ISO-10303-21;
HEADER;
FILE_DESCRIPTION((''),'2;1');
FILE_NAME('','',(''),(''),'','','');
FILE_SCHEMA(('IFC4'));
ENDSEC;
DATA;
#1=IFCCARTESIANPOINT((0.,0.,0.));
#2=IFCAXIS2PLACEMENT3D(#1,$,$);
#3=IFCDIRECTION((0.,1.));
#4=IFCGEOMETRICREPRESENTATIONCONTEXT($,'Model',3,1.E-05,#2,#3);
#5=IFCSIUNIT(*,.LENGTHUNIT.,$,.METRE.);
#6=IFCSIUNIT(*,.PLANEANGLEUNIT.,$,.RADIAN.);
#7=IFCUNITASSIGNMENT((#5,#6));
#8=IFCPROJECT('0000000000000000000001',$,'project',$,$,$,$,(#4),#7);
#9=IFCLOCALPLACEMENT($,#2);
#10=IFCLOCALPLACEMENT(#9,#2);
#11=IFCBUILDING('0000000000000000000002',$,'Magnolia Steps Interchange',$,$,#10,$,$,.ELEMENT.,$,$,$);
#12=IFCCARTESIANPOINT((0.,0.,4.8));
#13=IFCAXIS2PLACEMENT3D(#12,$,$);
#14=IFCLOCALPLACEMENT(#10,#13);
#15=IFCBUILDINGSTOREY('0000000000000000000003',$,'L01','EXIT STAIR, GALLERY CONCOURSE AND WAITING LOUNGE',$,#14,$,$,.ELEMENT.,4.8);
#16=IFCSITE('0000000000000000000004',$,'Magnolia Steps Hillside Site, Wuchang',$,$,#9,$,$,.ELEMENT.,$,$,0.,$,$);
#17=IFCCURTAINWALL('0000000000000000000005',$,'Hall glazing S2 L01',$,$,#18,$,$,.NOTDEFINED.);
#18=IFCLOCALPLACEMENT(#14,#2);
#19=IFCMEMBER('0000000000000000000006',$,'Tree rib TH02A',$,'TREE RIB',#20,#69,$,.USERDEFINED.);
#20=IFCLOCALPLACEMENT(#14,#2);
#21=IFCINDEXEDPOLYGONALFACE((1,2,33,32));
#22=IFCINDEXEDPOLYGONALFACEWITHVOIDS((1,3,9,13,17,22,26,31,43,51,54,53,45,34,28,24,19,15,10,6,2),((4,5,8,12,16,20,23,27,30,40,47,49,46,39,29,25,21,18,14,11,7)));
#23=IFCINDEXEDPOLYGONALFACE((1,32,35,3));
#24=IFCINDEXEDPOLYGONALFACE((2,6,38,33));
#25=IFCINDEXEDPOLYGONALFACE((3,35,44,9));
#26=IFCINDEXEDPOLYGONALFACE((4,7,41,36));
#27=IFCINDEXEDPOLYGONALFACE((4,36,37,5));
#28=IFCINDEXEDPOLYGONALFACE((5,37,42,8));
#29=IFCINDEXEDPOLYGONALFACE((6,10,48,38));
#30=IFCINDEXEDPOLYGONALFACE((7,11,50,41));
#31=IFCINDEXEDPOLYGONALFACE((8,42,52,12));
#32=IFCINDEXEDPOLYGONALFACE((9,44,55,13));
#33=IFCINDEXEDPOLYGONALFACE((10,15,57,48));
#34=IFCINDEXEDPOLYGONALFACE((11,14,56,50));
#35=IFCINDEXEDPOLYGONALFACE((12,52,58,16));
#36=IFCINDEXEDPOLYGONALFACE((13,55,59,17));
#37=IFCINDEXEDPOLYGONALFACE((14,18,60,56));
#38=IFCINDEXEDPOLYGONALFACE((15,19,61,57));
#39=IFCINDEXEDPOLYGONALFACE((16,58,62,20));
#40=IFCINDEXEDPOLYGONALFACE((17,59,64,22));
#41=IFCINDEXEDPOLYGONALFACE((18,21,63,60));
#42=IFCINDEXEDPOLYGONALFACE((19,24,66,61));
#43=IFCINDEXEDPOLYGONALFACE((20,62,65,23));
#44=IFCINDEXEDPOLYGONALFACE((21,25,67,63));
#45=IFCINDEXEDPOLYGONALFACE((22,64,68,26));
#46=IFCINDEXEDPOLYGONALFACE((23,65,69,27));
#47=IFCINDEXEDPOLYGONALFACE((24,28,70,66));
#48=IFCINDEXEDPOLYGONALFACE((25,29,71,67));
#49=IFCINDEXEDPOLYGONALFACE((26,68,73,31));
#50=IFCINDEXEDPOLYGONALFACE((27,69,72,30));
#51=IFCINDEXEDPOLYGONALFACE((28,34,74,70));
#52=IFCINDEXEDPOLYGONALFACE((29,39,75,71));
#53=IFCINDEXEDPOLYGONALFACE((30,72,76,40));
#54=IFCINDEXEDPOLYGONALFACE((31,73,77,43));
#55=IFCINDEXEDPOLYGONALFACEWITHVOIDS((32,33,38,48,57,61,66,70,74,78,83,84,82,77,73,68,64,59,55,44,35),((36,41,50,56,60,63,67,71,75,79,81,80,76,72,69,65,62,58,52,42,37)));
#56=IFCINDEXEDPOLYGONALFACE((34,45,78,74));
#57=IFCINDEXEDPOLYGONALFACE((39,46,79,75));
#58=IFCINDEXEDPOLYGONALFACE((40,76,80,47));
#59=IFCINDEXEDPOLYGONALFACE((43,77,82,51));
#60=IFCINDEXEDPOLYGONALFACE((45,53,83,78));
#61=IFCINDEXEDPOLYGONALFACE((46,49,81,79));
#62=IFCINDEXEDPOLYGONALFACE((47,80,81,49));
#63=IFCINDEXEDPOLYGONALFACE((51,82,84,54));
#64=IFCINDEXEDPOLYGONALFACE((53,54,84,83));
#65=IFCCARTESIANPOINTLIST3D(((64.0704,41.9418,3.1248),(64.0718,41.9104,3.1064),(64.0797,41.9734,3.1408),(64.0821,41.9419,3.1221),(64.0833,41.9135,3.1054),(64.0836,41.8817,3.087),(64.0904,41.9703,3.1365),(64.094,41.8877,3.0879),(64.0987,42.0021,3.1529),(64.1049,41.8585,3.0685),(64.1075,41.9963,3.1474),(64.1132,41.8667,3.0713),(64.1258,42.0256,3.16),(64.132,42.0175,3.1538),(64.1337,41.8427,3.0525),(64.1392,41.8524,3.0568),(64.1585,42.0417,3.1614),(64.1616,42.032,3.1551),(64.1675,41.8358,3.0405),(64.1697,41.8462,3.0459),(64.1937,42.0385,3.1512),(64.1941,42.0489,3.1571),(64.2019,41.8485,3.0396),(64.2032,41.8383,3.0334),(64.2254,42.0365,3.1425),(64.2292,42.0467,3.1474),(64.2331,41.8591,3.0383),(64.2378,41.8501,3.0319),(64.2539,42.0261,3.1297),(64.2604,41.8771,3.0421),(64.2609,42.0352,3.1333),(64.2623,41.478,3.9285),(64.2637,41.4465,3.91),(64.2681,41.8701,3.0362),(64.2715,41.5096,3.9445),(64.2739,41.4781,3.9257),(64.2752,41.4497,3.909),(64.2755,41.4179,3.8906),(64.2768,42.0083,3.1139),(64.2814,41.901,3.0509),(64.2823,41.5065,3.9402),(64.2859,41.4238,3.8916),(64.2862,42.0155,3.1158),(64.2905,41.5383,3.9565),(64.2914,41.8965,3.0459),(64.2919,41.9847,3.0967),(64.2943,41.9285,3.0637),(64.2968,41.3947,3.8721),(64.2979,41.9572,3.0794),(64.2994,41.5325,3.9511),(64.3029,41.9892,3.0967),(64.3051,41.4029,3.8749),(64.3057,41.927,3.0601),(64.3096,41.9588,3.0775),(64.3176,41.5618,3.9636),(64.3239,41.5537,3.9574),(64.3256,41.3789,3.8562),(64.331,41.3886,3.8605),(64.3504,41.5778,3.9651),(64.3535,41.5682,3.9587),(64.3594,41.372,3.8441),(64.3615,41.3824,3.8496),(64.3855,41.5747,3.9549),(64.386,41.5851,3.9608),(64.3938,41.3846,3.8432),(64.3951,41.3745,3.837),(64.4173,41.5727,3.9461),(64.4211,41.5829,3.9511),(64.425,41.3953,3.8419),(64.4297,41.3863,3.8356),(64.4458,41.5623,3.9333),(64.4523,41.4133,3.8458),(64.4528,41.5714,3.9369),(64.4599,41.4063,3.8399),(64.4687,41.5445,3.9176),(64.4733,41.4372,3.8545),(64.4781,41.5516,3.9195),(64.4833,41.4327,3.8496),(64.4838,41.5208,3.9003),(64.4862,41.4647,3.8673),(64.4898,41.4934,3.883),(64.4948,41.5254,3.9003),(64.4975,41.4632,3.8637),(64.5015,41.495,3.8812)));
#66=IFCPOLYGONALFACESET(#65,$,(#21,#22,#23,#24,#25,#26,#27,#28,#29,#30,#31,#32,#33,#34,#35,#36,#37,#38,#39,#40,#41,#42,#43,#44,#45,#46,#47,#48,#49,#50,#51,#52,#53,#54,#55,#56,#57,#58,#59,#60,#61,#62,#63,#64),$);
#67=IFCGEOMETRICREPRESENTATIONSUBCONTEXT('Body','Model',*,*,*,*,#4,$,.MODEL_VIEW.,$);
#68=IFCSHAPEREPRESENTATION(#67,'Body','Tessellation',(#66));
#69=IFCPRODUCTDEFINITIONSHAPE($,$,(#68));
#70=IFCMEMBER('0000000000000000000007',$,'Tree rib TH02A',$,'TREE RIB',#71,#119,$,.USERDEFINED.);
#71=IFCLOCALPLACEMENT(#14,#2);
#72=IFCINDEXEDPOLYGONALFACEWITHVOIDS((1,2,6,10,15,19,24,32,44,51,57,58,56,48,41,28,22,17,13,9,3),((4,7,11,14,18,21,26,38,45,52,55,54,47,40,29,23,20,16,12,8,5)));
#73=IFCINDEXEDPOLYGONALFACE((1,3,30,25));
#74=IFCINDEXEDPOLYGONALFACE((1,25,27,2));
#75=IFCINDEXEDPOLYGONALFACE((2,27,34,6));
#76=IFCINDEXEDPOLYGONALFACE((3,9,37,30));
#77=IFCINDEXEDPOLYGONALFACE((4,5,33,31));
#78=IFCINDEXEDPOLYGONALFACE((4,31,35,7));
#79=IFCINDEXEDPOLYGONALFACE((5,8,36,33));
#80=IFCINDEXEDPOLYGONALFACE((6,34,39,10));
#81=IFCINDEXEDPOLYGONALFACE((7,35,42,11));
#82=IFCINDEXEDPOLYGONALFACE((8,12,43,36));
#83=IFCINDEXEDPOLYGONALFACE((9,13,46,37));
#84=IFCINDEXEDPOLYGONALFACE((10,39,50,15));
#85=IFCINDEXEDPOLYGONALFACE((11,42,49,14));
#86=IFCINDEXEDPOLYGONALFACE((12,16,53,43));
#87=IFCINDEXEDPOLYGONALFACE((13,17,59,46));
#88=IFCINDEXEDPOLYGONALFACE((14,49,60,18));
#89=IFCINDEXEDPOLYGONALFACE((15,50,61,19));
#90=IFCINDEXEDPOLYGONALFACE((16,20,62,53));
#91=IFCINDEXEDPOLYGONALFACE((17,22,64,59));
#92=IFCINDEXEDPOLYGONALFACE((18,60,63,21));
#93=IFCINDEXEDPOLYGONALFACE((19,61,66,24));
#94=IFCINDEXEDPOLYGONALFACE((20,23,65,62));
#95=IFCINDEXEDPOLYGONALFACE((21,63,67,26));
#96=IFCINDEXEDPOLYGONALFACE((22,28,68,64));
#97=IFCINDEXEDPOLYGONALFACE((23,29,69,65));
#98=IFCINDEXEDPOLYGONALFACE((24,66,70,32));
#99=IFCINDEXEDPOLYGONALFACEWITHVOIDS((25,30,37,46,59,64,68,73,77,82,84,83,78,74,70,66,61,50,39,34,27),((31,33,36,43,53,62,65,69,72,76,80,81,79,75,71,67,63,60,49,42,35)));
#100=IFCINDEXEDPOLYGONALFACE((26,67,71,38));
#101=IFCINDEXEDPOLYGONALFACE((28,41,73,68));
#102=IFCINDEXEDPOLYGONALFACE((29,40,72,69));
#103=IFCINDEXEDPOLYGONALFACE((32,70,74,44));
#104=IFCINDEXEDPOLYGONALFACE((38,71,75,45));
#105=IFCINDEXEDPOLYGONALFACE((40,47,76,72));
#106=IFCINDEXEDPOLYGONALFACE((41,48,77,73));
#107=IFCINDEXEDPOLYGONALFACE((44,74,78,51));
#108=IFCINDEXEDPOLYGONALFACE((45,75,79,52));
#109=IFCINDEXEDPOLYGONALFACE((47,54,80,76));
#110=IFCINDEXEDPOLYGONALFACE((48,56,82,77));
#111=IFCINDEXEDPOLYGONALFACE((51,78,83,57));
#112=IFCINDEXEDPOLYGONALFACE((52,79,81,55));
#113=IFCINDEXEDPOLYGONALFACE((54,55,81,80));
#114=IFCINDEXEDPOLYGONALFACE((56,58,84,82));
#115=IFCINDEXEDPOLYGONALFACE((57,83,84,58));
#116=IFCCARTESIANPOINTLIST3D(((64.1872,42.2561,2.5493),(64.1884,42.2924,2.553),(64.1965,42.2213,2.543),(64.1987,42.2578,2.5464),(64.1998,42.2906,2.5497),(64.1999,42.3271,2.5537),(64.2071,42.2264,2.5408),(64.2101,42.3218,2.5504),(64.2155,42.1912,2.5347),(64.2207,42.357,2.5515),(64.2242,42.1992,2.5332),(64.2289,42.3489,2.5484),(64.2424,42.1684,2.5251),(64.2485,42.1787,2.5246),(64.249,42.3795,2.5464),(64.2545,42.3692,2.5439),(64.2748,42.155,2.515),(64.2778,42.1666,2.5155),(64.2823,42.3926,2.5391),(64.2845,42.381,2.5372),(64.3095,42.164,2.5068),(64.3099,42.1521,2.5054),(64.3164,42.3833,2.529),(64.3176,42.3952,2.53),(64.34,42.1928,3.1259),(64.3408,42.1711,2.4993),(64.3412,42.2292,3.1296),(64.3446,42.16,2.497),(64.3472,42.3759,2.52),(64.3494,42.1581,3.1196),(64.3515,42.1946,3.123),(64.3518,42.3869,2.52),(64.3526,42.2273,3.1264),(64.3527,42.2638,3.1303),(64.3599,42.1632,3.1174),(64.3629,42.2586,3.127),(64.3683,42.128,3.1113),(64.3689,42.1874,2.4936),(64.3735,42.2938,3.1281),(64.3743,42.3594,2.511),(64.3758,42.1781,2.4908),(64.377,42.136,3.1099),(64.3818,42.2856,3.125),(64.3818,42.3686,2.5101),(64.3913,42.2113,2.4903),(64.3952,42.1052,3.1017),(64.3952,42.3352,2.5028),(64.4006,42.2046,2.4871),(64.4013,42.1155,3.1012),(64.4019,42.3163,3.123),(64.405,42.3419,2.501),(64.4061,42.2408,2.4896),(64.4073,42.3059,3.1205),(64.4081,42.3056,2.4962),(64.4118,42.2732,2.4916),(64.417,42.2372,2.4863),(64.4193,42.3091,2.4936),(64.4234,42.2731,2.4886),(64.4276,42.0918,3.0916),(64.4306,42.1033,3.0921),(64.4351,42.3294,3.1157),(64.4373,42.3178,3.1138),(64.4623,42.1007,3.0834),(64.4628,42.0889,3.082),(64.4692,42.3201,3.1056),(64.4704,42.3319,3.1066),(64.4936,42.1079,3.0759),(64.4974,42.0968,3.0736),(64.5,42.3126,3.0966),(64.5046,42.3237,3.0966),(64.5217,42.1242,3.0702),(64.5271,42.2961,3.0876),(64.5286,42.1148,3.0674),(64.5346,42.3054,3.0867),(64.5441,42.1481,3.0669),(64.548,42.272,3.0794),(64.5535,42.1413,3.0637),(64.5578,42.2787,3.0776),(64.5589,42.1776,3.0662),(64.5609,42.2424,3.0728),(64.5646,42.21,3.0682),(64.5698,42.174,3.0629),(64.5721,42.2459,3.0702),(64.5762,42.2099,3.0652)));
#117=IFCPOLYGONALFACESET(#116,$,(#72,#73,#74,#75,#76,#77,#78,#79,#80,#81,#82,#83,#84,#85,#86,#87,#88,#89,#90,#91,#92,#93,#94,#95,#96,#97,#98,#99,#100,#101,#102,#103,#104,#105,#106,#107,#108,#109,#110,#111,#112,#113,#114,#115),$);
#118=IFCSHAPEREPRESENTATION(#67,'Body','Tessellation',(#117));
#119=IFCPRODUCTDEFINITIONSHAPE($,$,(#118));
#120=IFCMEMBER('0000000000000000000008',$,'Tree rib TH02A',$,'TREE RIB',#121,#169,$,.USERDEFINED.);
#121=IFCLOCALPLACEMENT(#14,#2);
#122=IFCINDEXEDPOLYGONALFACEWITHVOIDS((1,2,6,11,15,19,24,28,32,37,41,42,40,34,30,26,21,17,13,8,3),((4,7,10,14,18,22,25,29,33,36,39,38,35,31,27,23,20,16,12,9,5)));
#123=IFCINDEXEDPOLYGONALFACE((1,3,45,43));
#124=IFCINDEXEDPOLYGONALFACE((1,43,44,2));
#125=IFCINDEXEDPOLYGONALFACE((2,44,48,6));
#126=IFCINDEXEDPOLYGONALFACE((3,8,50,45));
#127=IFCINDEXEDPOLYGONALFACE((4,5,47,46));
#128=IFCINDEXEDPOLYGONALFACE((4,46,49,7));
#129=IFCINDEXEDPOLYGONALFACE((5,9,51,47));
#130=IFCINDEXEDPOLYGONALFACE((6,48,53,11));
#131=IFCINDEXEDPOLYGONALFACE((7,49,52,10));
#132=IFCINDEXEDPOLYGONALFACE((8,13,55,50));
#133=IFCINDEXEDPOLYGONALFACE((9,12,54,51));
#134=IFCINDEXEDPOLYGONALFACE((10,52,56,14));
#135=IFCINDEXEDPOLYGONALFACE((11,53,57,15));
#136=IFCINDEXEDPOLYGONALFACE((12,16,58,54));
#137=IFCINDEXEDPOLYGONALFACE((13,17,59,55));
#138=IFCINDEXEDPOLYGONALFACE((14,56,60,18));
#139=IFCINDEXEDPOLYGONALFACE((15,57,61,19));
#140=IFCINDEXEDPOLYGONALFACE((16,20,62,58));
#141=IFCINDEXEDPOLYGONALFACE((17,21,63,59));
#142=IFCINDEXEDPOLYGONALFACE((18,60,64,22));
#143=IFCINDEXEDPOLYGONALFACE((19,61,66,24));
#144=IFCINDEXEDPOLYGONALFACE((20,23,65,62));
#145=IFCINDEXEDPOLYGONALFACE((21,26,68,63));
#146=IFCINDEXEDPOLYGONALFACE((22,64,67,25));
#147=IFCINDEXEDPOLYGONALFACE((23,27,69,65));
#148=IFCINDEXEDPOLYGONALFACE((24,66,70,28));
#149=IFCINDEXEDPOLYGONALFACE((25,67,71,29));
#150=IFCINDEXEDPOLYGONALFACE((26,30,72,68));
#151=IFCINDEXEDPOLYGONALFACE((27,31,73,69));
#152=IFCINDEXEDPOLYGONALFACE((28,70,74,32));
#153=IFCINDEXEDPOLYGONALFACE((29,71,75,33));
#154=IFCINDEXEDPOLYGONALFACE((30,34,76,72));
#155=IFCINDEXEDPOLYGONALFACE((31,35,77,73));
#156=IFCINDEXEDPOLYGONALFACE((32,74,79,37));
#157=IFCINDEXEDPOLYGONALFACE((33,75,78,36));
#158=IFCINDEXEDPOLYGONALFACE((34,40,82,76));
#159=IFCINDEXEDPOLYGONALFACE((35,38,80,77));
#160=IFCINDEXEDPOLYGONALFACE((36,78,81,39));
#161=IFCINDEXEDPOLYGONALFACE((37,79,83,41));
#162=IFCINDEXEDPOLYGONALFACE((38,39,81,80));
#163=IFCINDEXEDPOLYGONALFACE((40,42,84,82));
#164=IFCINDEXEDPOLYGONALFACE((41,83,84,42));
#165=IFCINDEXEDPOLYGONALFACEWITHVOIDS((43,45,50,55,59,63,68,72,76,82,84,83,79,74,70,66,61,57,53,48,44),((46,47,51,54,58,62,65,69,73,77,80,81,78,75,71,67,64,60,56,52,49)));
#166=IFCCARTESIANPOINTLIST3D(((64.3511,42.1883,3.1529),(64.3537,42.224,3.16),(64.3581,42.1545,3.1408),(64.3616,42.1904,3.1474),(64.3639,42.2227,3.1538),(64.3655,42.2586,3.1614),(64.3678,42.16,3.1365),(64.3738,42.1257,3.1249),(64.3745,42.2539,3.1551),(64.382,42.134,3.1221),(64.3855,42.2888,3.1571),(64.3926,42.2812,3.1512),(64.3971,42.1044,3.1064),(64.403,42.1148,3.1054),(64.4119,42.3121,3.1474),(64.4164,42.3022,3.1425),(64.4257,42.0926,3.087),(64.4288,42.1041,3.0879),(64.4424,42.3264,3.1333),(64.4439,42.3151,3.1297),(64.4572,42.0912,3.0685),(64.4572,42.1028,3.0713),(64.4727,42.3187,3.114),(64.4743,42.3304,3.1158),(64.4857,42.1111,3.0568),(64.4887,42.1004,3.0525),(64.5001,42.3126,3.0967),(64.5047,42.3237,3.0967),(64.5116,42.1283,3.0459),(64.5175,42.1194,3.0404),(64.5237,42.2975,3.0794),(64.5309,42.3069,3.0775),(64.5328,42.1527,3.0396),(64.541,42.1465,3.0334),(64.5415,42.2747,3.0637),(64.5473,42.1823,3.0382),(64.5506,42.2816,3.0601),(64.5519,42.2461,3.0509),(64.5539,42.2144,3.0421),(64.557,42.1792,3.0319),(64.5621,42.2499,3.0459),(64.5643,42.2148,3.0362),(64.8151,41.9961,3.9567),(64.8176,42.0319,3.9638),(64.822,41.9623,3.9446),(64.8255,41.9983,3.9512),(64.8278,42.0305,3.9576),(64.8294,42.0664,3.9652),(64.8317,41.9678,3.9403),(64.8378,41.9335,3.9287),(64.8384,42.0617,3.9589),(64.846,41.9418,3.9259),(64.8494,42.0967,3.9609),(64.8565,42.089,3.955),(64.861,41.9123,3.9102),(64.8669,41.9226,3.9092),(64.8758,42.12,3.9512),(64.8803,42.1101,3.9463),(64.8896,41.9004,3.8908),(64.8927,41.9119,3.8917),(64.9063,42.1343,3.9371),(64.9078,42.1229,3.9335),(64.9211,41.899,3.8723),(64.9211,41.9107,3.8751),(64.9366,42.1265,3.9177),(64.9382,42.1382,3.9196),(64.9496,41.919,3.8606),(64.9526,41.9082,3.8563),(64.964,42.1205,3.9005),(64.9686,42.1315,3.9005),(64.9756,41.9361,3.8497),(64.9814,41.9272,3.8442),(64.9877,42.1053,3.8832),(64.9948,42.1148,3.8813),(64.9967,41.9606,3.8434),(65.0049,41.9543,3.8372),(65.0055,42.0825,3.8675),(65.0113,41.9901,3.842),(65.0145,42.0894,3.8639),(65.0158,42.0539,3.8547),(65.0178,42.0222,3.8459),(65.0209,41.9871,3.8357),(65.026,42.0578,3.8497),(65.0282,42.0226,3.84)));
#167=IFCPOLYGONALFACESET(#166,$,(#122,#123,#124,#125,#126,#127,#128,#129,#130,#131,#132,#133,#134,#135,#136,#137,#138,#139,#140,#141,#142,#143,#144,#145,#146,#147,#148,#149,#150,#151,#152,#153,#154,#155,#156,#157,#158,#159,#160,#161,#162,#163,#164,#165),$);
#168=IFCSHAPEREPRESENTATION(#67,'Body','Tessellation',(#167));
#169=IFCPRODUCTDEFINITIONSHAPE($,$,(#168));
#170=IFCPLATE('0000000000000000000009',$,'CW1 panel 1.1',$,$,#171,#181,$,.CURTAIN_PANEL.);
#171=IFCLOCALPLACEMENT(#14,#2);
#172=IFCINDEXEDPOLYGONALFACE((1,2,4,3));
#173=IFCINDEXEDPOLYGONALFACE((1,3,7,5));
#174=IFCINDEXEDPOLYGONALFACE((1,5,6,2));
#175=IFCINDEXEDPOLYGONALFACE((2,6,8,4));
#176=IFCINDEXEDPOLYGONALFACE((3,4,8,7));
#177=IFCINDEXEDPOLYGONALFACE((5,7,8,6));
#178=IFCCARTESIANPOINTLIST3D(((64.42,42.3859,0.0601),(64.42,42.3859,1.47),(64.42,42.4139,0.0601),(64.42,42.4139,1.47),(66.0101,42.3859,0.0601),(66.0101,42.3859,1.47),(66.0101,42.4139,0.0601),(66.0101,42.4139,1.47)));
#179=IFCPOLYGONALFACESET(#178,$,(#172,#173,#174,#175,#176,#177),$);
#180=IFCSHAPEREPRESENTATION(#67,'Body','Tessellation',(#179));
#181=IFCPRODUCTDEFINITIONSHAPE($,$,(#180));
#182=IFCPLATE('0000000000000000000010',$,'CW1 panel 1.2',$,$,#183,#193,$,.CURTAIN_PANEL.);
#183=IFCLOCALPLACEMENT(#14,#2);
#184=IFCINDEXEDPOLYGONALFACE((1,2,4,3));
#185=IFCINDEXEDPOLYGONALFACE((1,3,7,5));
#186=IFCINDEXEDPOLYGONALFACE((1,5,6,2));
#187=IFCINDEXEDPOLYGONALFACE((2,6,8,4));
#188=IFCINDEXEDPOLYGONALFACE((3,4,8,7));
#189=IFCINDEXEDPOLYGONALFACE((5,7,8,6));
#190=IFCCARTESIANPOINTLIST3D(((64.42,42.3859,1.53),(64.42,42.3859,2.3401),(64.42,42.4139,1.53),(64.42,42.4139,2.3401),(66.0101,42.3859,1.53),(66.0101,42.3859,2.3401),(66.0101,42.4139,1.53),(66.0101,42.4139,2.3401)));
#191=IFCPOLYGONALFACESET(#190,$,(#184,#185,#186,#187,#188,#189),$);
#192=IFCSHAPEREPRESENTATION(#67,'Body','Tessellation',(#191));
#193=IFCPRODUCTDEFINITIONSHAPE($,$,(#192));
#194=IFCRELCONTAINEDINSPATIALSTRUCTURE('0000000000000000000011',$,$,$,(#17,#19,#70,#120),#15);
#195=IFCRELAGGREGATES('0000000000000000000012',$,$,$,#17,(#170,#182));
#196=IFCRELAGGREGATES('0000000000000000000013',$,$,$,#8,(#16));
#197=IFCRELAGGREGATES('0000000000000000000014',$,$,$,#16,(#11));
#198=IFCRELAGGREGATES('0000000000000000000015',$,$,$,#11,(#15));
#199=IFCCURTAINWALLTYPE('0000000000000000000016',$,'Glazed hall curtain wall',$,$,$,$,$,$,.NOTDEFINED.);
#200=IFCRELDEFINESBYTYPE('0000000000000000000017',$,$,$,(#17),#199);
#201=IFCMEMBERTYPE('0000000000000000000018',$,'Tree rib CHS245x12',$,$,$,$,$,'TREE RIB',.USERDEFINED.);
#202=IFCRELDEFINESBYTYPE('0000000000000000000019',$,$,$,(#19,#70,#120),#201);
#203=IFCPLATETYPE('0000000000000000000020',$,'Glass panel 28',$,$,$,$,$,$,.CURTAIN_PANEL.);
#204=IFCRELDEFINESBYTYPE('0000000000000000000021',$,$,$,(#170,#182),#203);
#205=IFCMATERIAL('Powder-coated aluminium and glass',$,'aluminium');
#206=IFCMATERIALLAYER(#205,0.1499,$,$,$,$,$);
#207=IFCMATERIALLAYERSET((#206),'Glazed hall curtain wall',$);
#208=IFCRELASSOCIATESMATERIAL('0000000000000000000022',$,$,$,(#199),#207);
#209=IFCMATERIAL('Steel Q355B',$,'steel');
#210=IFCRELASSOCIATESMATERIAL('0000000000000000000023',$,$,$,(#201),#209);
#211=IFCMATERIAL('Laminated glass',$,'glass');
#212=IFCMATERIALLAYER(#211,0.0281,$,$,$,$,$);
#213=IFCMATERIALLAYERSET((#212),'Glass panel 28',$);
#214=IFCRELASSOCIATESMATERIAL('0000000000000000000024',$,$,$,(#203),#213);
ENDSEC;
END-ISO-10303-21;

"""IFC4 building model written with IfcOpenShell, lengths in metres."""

from ifc_helpers import new_model, si_unit, direction, frame, origin, origin_2d, place, context, subcontext, project, spatial, rectangle, hollow_circle, extrude, material, layer, layer_set, material_profile, profile_set, type_object, element, aggregate, save


model = new_model("IFC4")

# Units and contexts
model_context = context("Model", 3, precision=1e-05, world=origin(), true_north=direction((0.0, 1.0)))
body_context = subcontext(model_context, "Body", "Model", "MODEL_VIEW")
ifc_project = project(units=[si_unit("LENGTHUNIT", "METRE"), si_unit("PLANEANGLEUNIT", "RADIAN")], contexts=[model_context])

# Site, building, storey
site_placement = place(None, origin())
site = spatial("IfcSite", under=ifc_project, at=site_placement, Name="Magnolia Steps Hillside Site, Wuchang", CompositionType="ELEMENT", RefElevation=0.0)
building_placement = place(site_placement, origin())
building = spatial("IfcBuilding", under=site, at=building_placement, Name="Magnolia Steps Interchange", CompositionType="ELEMENT")
storey_placement = place(building_placement, frame((0.0, 0.0, 4.8)))
storey = spatial("IfcBuildingStorey", under=building, at=storey_placement, Name="L01", Description="EXIT STAIR, GALLERY CONCOURSE AND WAITING LOUNGE", CompositionType="ELEMENT", Elevation=4.8)

# Curtain wall
ifc_material_1 = material(Name="Powder-coated aluminium and glass", Category="aluminium")
ifc_layer_1 = layer(ifc_material_1, 0.1499)
ifc_layer_set_1 = layer_set([ifc_layer_1], Name="Glazed hall curtain wall")
curtain_wall_type_1 = type_object("IfcCurtainWallType", Name="Glazed hall curtain wall", PredefinedType="NOTDEFINED", material=ifc_layer_set_1)
curtain_wall_1_placement = place(storey_placement, origin())
curtain_wall_1 = element("IfcCurtainWall", 1, at=curtain_wall_1_placement, inside=storey, type_object=curtain_wall_type_1, Name="Hall glazing S2 L01", PredefinedType="NOTDEFINED")

# Members
ifc_material_2 = material(Name="Steel Q355B", Category="steel")
ifc_material_profile_1 = material_profile(ifc_material_2, hollow_circle(Radius=0.1226, WallThickness=0.012, at=origin_2d()), Name="CHS245x12")
ifc_profile_set_1 = profile_set([ifc_material_profile_1], Name="Steel Q355B")
member_type_1 = type_object("IfcMemberType", Name="Tree rib CHS245x12", ElementType="TREE RIB", PredefinedType="USERDEFINED", material=ifc_profile_set_1)
member_1_placement = place(storey_placement, frame((64.1897, 41.9424, 3.0967), z_axis=(0.202506, -0.489517, 0.848153), x_axis=(0.924052, 0.382266, 0.0)))
element("IfcMember", 2, at=member_1_placement, inside=storey, type_object=member_type_1, Name="Tree rib TH02A", ObjectType="TREE RIB", PredefinedType="USERDEFINED", context=body_context, shape_type="SweptSolid", body=[
    extrude(hollow_circle(Radius=0.1226, WallThickness=0.012, at=origin_2d()), origin(), (0.0, 0.0, 1.0), 0.9475),
])
member_2_placement = place(storey_placement, frame((64.3049, 42.2737, 2.52), z_axis=(0.254758, -0.105403, 0.961243), x_axis=(0.382308, 0.924035, 0.0)))
element("IfcMember", 3, at=member_2_placement, inside=storey, type_object=member_type_1, Name="Tree rib TH02A", ObjectType="TREE RIB", PredefinedType="USERDEFINED", context=body_context, shape_type="SweptSolid", body=[
    extrude(hollow_circle(Radius=0.1226, WallThickness=0.012, at=origin_2d()), origin(), (0.0, 0.0, 1.0), 0.5999),
])
member_3_placement = place(storey_placement, frame((64.4578, 42.2104, 3.0967), z_axis=(0.489492, -0.202753, 0.848109), x_axis=(0.382681, 0.923881, 0.0)))
element("IfcMember", 4, at=member_3_placement, inside=storey, type_object=member_type_1, Name="Tree rib TH02A", ObjectType="TREE RIB", PredefinedType="USERDEFINED", context=body_context, shape_type="SweptSolid", body=[
    extrude(hollow_circle(Radius=0.1226, WallThickness=0.012, at=origin_2d()), origin(), (0.0, 0.0, 1.0), 0.9478),
])

# Plates
ifc_material_3 = material(Name="Laminated glass", Category="glass")
ifc_layer_2 = layer(ifc_material_3, 0.0281)
ifc_layer_set_2 = layer_set([ifc_layer_2], Name="Glass panel 28")
plate_type_1 = type_object("IfcPlateType", Name="Glass panel 28", PredefinedType="CURTAIN_PANEL", material=ifc_layer_set_2)
plate_1_placement = place(storey_placement, frame((65.2151, 42.3999, 0.0601), z_axis=(0.0, 0.0, 1.0), x_axis=(1.0, 0.0, 0.0)))
plate_1 = element("IfcPlate", 5, at=plate_1_placement, type_object=plate_type_1, Name="CW1 panel 1.1", PredefinedType="CURTAIN_PANEL", context=body_context, shape_type="SweptSolid", body=[
    extrude(rectangle(XDim=1.5901, YDim=0.0281, at=origin_2d()), origin(), (0.0, 0.0, 1.0), 1.4099),
])
plate_2_placement = place(storey_placement, frame((65.2151, 42.3999, 1.53), z_axis=(0.0, 0.0, 1.0), x_axis=(1.0, 0.0, 0.0)))
plate_2 = element("IfcPlate", 6, at=plate_2_placement, type_object=plate_type_1, Name="CW1 panel 1.2", PredefinedType="CURTAIN_PANEL", context=body_context, shape_type="SweptSolid", body=[
    extrude(rectangle(XDim=1.5901, YDim=0.0281, at=origin_2d()), origin(), (0.0, 0.0, 1.0), 0.8101),
])
aggregate(curtain_wall_1, [plate_1, plate_2])

save(model, "model.ifc")
